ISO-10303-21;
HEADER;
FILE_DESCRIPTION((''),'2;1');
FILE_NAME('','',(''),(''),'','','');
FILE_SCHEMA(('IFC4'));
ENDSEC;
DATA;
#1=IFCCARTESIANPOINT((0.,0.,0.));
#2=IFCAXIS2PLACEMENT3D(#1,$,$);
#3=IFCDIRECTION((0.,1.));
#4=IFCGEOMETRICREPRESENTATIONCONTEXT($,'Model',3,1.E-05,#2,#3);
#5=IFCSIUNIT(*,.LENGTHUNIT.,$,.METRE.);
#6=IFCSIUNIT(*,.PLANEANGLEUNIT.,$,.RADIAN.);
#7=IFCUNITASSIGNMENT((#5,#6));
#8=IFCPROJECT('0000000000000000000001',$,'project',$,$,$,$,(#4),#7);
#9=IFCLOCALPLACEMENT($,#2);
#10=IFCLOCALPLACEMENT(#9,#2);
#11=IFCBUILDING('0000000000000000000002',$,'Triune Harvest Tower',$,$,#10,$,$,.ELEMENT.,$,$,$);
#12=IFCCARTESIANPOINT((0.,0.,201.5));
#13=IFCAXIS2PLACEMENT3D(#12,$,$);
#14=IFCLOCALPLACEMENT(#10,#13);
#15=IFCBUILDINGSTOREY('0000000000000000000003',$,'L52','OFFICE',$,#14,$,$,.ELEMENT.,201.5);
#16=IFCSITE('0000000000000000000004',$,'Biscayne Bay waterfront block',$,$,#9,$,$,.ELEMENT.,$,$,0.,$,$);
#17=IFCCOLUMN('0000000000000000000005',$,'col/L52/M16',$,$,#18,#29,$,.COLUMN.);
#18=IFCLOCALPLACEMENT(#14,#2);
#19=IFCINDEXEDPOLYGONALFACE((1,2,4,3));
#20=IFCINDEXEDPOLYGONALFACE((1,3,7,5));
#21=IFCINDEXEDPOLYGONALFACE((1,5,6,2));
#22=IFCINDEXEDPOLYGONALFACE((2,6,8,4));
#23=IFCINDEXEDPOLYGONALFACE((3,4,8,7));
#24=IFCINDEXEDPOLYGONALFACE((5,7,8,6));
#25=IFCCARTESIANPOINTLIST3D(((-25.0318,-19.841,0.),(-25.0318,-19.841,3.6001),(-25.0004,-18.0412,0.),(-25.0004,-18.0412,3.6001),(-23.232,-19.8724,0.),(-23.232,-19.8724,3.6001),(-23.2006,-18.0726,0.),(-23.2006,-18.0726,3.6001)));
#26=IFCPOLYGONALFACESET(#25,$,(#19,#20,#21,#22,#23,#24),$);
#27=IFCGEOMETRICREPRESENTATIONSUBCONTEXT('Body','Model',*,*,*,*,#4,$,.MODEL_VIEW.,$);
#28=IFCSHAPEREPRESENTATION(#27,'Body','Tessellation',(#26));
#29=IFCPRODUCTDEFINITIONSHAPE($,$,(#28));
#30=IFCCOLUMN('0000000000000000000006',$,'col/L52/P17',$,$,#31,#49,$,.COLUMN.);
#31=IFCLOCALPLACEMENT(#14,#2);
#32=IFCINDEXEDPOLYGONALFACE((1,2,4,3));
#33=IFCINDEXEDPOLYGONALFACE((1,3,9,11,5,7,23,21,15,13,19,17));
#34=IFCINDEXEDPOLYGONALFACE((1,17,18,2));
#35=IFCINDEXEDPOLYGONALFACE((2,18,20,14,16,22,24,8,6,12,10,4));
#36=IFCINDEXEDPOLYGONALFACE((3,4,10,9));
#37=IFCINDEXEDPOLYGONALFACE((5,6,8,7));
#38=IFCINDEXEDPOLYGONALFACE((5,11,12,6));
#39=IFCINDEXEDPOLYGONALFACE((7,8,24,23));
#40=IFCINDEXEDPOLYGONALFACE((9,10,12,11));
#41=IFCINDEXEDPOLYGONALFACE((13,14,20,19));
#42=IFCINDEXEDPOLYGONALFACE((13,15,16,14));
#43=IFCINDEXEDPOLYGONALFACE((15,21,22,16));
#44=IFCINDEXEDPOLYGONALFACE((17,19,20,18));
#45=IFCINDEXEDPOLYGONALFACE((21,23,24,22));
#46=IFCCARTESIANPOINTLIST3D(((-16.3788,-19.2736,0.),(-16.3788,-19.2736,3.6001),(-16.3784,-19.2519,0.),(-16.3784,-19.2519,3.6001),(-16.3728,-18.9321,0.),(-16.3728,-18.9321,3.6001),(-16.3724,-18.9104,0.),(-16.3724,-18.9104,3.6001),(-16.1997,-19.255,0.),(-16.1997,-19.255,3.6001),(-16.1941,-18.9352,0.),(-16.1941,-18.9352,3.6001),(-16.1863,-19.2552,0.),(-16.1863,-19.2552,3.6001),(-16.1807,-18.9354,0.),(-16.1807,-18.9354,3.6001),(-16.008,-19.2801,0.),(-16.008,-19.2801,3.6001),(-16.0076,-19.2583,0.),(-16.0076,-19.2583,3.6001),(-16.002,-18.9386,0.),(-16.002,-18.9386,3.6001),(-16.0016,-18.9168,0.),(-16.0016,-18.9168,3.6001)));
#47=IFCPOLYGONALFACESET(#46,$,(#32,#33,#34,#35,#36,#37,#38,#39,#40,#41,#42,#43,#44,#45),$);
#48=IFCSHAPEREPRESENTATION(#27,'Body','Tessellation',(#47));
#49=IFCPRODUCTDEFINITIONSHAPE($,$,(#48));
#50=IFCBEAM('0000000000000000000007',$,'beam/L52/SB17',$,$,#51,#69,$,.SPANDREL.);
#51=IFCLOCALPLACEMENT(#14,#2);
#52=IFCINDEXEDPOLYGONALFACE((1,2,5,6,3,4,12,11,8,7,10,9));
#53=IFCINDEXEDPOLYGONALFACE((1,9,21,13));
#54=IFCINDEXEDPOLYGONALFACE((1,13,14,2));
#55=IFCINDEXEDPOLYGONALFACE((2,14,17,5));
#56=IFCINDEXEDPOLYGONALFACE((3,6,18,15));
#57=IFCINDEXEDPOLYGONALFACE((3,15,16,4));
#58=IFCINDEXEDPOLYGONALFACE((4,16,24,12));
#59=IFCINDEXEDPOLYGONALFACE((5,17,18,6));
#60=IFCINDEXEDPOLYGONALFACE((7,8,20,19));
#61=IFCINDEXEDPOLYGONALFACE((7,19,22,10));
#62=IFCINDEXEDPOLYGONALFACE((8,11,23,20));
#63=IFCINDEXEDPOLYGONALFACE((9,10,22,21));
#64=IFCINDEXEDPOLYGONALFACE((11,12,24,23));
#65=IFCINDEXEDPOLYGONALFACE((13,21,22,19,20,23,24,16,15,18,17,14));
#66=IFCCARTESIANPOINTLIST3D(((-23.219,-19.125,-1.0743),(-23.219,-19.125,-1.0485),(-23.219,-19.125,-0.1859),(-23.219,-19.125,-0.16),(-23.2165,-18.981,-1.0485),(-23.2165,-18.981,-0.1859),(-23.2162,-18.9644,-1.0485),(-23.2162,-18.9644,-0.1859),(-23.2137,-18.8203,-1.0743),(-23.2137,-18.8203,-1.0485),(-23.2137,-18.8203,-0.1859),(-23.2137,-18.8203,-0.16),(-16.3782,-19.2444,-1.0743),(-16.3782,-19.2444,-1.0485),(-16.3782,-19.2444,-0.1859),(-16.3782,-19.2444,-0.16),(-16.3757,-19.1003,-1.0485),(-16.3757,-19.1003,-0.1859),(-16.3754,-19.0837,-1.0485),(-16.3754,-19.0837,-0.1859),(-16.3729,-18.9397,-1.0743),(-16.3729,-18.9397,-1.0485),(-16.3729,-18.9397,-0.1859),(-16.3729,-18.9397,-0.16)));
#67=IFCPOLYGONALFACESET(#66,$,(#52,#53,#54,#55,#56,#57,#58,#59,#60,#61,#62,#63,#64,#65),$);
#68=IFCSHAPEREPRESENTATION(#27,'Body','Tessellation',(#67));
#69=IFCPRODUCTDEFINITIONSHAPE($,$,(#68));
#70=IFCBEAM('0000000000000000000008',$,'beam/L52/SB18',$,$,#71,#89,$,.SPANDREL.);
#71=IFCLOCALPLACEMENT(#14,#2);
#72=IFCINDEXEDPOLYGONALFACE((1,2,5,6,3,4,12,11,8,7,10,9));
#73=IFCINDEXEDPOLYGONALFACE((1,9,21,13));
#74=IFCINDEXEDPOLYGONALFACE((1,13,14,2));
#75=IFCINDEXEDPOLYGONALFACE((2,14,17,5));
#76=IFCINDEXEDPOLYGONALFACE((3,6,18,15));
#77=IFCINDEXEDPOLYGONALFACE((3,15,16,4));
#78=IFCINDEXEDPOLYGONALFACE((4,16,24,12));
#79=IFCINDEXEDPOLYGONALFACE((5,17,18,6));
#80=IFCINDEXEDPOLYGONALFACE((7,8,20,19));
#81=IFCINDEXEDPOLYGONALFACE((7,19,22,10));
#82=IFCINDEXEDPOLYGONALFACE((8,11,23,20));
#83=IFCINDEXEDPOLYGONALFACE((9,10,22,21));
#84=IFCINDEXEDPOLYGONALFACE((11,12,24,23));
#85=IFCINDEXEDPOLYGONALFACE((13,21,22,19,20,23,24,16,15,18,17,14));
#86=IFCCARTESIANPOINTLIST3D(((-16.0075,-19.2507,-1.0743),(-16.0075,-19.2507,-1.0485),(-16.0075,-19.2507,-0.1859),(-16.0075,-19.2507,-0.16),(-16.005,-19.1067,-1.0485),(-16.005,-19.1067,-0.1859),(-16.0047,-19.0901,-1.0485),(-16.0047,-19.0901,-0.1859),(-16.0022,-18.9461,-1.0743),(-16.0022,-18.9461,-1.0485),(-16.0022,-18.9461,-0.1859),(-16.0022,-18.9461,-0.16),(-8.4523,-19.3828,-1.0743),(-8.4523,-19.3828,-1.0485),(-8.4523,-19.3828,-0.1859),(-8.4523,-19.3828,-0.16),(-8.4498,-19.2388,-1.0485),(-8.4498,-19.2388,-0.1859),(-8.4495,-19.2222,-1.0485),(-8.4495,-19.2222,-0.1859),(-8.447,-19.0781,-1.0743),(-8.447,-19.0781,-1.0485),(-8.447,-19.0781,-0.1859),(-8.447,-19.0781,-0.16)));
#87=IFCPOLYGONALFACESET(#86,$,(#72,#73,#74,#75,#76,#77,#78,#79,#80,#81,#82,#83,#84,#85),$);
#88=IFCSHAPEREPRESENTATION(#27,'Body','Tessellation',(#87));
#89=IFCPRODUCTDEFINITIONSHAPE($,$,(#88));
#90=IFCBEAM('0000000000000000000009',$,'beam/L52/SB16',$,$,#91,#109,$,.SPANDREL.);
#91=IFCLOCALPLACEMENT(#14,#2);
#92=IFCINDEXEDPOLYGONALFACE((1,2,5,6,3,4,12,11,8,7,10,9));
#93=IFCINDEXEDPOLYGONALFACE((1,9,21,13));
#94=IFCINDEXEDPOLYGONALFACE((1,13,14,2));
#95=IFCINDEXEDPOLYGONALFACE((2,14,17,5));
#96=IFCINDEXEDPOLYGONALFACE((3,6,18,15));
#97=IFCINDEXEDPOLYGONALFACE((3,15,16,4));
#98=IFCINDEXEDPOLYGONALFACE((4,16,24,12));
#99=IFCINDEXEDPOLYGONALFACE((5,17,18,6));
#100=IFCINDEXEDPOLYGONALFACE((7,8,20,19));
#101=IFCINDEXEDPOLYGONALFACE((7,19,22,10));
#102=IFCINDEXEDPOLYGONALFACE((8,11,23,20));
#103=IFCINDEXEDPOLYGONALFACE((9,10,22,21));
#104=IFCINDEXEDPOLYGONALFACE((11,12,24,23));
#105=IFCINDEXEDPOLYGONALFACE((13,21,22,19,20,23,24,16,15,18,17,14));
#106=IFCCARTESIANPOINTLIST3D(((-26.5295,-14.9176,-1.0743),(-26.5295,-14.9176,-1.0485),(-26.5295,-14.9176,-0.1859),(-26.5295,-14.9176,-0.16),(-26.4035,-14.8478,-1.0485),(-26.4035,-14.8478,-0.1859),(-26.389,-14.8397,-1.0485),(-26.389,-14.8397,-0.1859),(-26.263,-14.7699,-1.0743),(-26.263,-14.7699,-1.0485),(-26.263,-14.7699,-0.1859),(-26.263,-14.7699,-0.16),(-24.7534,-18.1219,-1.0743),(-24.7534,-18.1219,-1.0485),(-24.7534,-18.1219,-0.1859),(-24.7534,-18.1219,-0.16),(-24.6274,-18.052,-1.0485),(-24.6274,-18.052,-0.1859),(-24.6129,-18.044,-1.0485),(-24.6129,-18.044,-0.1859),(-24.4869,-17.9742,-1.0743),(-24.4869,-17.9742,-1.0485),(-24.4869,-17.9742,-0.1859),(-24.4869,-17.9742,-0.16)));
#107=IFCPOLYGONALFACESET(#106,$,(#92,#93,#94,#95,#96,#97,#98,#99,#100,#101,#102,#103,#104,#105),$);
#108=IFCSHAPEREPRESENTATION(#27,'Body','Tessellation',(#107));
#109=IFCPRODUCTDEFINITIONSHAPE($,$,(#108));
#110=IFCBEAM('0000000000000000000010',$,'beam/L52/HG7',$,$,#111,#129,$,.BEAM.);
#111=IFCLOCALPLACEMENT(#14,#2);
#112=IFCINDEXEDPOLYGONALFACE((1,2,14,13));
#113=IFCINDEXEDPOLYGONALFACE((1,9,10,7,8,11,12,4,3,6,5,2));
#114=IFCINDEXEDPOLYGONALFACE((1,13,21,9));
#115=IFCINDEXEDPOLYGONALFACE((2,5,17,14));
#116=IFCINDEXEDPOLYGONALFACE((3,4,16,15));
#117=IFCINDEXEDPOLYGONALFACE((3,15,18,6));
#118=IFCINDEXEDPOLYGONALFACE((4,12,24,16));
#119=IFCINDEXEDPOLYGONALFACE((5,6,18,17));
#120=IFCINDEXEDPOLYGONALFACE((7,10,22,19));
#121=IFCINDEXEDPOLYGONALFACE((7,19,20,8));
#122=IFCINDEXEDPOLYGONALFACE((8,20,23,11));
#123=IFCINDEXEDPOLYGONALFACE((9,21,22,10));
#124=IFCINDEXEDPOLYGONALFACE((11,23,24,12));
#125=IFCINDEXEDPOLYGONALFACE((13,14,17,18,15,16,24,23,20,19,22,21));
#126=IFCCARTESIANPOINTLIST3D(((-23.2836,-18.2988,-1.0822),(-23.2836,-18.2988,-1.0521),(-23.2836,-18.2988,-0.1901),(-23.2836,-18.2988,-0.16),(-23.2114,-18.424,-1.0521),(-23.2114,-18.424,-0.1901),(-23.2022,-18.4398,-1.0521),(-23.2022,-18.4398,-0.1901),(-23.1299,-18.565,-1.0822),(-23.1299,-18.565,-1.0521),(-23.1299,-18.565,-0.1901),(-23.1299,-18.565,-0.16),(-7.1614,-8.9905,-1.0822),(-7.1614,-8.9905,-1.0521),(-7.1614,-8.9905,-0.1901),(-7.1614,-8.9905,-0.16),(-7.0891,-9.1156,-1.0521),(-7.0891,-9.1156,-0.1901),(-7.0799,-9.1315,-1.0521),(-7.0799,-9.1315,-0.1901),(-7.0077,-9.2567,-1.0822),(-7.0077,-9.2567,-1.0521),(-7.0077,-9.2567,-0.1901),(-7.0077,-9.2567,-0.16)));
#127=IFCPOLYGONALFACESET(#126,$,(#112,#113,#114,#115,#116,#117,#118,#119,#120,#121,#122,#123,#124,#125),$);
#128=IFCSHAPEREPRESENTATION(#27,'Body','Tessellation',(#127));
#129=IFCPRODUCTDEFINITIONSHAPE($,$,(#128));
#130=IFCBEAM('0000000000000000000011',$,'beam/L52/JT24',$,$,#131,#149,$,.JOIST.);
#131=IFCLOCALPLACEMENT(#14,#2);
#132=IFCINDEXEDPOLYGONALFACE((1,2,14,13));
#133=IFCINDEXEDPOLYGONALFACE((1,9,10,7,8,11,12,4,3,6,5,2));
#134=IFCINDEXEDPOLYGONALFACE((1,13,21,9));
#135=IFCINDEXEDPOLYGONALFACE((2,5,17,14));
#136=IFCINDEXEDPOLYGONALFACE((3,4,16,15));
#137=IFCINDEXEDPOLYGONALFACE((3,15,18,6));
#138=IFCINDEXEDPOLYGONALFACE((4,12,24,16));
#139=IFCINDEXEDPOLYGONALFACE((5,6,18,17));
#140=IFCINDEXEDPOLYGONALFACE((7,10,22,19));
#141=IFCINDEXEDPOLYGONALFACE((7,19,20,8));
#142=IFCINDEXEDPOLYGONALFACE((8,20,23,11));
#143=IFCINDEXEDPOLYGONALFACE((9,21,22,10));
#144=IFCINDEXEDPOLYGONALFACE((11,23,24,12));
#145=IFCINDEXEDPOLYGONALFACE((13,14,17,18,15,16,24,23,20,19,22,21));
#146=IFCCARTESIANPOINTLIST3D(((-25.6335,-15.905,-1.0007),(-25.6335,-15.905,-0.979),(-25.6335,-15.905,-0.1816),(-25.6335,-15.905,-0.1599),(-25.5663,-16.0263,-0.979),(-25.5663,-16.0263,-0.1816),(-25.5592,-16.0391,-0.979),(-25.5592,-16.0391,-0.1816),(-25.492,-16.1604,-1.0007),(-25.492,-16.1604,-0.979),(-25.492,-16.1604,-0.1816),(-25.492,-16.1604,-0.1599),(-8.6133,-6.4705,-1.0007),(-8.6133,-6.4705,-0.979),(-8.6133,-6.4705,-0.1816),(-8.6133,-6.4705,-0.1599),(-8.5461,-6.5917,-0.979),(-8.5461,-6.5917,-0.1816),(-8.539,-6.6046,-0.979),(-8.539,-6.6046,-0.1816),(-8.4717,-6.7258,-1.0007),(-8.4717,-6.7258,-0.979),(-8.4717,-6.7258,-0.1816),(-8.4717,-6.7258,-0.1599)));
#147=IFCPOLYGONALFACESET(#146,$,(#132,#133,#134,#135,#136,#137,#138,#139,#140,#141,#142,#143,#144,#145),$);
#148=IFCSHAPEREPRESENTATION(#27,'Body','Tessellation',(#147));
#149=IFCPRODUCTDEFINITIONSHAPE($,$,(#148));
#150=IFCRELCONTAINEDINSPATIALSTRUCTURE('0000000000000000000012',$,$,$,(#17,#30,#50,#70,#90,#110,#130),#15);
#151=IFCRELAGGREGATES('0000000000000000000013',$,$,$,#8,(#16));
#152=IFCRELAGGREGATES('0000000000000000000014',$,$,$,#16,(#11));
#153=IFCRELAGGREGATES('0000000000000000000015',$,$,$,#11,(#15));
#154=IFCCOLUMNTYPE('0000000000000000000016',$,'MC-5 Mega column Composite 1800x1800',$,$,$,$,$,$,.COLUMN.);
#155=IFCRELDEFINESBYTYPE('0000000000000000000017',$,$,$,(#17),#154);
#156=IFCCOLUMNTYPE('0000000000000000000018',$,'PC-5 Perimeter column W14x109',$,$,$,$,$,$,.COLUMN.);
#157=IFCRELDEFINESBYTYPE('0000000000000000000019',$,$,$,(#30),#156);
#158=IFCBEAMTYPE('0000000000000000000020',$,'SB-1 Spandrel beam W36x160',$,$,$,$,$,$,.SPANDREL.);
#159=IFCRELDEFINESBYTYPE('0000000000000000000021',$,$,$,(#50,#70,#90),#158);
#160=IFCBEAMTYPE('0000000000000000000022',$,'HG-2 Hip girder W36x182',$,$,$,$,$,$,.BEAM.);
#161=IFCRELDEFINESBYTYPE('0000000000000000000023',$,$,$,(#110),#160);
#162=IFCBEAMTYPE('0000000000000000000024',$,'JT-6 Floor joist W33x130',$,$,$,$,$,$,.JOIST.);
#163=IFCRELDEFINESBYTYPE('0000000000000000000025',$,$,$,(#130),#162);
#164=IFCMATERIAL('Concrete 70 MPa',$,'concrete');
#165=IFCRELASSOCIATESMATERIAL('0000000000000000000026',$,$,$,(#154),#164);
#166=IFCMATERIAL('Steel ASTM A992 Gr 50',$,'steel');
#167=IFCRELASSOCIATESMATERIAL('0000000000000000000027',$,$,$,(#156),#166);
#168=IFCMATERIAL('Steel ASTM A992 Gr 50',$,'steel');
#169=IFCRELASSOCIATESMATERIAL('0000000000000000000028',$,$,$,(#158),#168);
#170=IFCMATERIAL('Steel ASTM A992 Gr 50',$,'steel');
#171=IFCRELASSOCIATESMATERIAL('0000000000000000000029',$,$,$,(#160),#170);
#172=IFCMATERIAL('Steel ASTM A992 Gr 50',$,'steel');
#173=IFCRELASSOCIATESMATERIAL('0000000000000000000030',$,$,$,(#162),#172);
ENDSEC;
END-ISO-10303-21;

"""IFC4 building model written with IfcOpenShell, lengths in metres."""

from ifc_helpers import new_model, si_unit, direction, frame, origin, origin_2d, place, context, subcontext, project, spatial, rectangle, i_section, extrude, source, transform, mapped, material, material_profile, profile_set, type_object, element, save


model = new_model("IFC4")

# Units and contexts
model_context = context("Model", 3, precision=1e-05, world=origin(), true_north=direction((0.0, 1.0)))
body_context = subcontext(model_context, "Body", "Model", "MODEL_VIEW")
ifc_project = project(units=[si_unit("LENGTHUNIT", "METRE"), si_unit("PLANEANGLEUNIT", "RADIAN")], contexts=[model_context])

# Site, building, storey
site_placement = place(None, origin())
site = spatial("IfcSite", under=ifc_project, at=site_placement, Name="Biscayne Bay waterfront block", CompositionType="ELEMENT", RefElevation=0.0)
building_placement = place(site_placement, origin())
building = spatial("IfcBuilding", under=site, at=building_placement, Name="Triune Harvest Tower", CompositionType="ELEMENT")
storey_placement = place(building_placement, frame((0.0, 0.0, 201.5)))
storey = spatial("IfcBuildingStorey", under=building, at=storey_placement, Name="L52", Description="OFFICE", CompositionType="ELEMENT", Elevation=201.5)

# Columns
ifc_material_1 = material(Name="Concrete 70 MPa", Category="concrete")
ifc_material_profile_1 = material_profile(ifc_material_1, rectangle(XDim=1.8, YDim=1.8, at=origin_2d()), Name="Composite 1800x1800")
ifc_profile_set_1 = profile_set([ifc_material_profile_1], Name="Concrete 70 MPa")
column_type_1 = type_object("IfcColumnType", Name="MC-5 Mega column Composite 1800x1800", PredefinedType="COLUMN", material=ifc_profile_set_1)
shared_shape_1 = source(origin(), body_context, "Body", "SweptSolid", [
    extrude(rectangle(XDim=1.8, YDim=1.8, at=origin_2d()), origin(), (0.0, 0.0, 1.0), 3.6001),
])
column_1_placement = place(storey_placement, frame((-24.1162, -18.9568, 0.0), z_axis=(0.0, 0.0, 1.0), x_axis=(0.999848, -0.017452, 0.0)))
element("IfcColumn", 1, at=column_1_placement, inside=storey, type_object=column_type_1, Name="col/L52/M16", PredefinedType="COLUMN", context=body_context, shape_type="MappedRepresentation", body=[
    mapped(shared_shape_1, transform((0.0, 0.0, 0.0), scale=1.0)),
])
ifc_material_2 = material(Name="Steel ASTM A992 Gr 50", Category="steel")
ifc_material_profile_2 = material_profile(ifc_material_2, i_section(OverallWidth=0.3708, OverallDepth=0.3633, WebThickness=0.0134, FlangeThickness=0.0217, at=origin_2d()), Name="W14x109")
ifc_profile_set_2 = profile_set([ifc_material_profile_2], Name="Steel ASTM A992 Gr 50")
column_type_2 = type_object("IfcColumnType", Name="PC-5 Perimeter column W14x109", PredefinedType="COLUMN", material=ifc_profile_set_2)
shared_shape_2 = source(origin(), body_context, "Body", "SweptSolid", [
    extrude(i_section(OverallWidth=0.3708, OverallDepth=0.3633, WebThickness=0.0134, FlangeThickness=0.0217, at=origin_2d()), origin(), (0.0, 0.0, 1.0), 3.6001),
])
column_2_placement = place(storey_placement, frame((-16.1902, -19.0952, 0.0), z_axis=(0.0, 0.0, 1.0), x_axis=(0.999848, -0.017452, 0.0)))
element("IfcColumn", 2, at=column_2_placement, inside=storey, type_object=column_type_2, Name="col/L52/P17", PredefinedType="COLUMN", context=body_context, shape_type="MappedRepresentation", body=[
    mapped(shared_shape_2, transform((0.0, 0.0, 0.0), scale=1.0)),
])

# Beams
ifc_material_3 = material(Name="Steel ASTM A992 Gr 50", Category="steel")
ifc_material_profile_3 = material_profile(ifc_material_3, i_section(OverallWidth=0.3047, OverallDepth=0.9143, WebThickness=0.0166, FlangeThickness=0.0259, at=origin_2d()), Name="W36x160")
ifc_profile_set_3 = profile_set([ifc_material_profile_3], Name="Steel ASTM A992 Gr 50")
beam_type_1 = type_object("IfcBeamType", Name="SB-1 Spandrel beam W36x160", PredefinedType="SPANDREL", material=ifc_profile_set_3)
shared_shape_3 = source(origin(), body_context, "Body", "SweptSolid", [
    extrude(i_section(OverallWidth=0.3047, OverallDepth=0.9143, WebThickness=0.0166, FlangeThickness=0.0259, at=origin_2d()), origin(), (0.0, 0.0, 1.0), 6.8418),
])
beam_1_placement = place(storey_placement, frame((-23.2163, -18.9727, -0.6172), z_axis=(0.999848, -0.017449, 0.0), x_axis=(0.017449, 0.999848, 0.0)))
element("IfcBeam", 3, at=beam_1_placement, inside=storey, type_object=beam_type_1, Name="beam/L52/SB17", PredefinedType="SPANDREL", context=body_context, shape_type="MappedRepresentation", body=[
    mapped(shared_shape_3, transform((0.0, 0.0, 0.0), scale=1.0)),
])
shared_shape_4 = source(origin(), body_context, "Body", "SweptSolid", [
    extrude(i_section(OverallWidth=0.3047, OverallDepth=0.9143, WebThickness=0.0166, FlangeThickness=0.0259, at=origin_2d()), origin(), (0.0, 0.0, 1.0), 7.5564),
])
beam_2_placement = place(storey_placement, frame((-16.0049, -19.0984, -0.6172), z_axis=(0.999847, -0.017479, 0.0), x_axis=(0.017479, 0.999847, 0.0)))
element("IfcBeam", 4, at=beam_2_placement, inside=storey, type_object=beam_type_1, Name="beam/L52/SB18", PredefinedType="SPANDREL", context=body_context, shape_type="MappedRepresentation", body=[
    mapped(shared_shape_4, transform((0.0, 0.0, 0.0), scale=1.0)),
])
shared_shape_5 = source(origin(), body_context, "Body", "SweptSolid", [
    extrude(i_section(OverallWidth=0.3047, OverallDepth=0.9143, WebThickness=0.0166, FlangeThickness=0.0259, at=origin_2d()), origin(), (0.0, 0.0, 1.0), 3.6636),
])
beam_3_placement = place(storey_placement, frame((-26.3962, -14.8438, -0.6172), z_axis=(0.484794, -0.874628, 0.0), x_axis=(0.874628, 0.484794, 0.0)))
element("IfcBeam", 5, at=beam_3_placement, inside=storey, type_object=beam_type_1, Name="beam/L52/SB16", PredefinedType="SPANDREL", context=body_context, shape_type="MappedRepresentation", body=[
    mapped(shared_shape_5, transform((0.0, 0.0, 0.0), scale=1.0)),
])
ifc_material_4 = material(Name="Steel ASTM A992 Gr 50", Category="steel")
ifc_material_profile_4 = material_profile(ifc_material_4, i_section(OverallWidth=0.3074, OverallDepth=0.9221, WebThickness=0.0183, FlangeThickness=0.03, at=origin_2d()), Name="W36x182")
ifc_profile_set_4 = profile_set([ifc_material_profile_4], Name="Steel ASTM A992 Gr 50")
beam_type_2 = type_object("IfcBeamType", Name="HG-2 Hip girder W36x182", PredefinedType="BEAM", material=ifc_profile_set_4)
shared_shape_6 = source(origin(), body_context, "Body", "SweptSolid", [
    extrude(i_section(OverallWidth=0.3074, OverallDepth=0.9221, WebThickness=0.0183, FlangeThickness=0.03, at=origin_2d()), origin(), (0.0, 0.0, 1.0), 18.6165),
])
beam_4_placement = place(storey_placement, frame((-23.2068, -18.4319, -0.6211), z_axis=(0.866022, 0.500005, 0.0), x_axis=(-0.500005, 0.866022, 0.0)))
element("IfcBeam", 6, at=beam_4_placement, inside=storey, type_object=beam_type_2, Name="beam/L52/HG7", PredefinedType="BEAM", context=body_context, shape_type="MappedRepresentation", body=[
    mapped(shared_shape_6, transform((0.0, 0.0, 0.0), scale=1.0)),
])
ifc_material_5 = material(Name="Steel ASTM A992 Gr 50", Category="steel")
ifc_material_profile_5 = material_profile(ifc_material_5, i_section(OverallWidth=0.292, OverallDepth=0.8408, WebThickness=0.0146, FlangeThickness=0.0217, at=origin_2d()), Name="W33x130")
ifc_profile_set_5 = profile_set([ifc_material_profile_5], Name="Steel ASTM A992 Gr 50")
beam_type_3 = type_object("IfcBeamType", Name="JT-6 Floor joist W33x130", PredefinedType="JOIST", material=ifc_profile_set_5)
shared_shape_7 = source(origin(), body_context, "Body", "SweptSolid", [
    extrude(i_section(OverallWidth=0.292, OverallDepth=0.8408, WebThickness=0.0146, FlangeThickness=0.0217, at=origin_2d()), origin(), (0.0, 0.0, 1.0), 19.4602),
])
beam_5_placement = place(storey_placement, frame((-25.5627, -16.0327, -0.5803), z_axis=(0.874618, 0.484813, 0.0), x_axis=(-0.484813, 0.874618, 0.0)))
element("IfcBeam", 7, at=beam_5_placement, inside=storey, type_object=beam_type_3, Name="beam/L52/JT24", PredefinedType="JOIST", context=body_context, shape_type="MappedRepresentation", body=[
    mapped(shared_shape_7, transform((0.0, 0.0, 0.0), scale=1.0)),
])

save(model, "model.ifc")
